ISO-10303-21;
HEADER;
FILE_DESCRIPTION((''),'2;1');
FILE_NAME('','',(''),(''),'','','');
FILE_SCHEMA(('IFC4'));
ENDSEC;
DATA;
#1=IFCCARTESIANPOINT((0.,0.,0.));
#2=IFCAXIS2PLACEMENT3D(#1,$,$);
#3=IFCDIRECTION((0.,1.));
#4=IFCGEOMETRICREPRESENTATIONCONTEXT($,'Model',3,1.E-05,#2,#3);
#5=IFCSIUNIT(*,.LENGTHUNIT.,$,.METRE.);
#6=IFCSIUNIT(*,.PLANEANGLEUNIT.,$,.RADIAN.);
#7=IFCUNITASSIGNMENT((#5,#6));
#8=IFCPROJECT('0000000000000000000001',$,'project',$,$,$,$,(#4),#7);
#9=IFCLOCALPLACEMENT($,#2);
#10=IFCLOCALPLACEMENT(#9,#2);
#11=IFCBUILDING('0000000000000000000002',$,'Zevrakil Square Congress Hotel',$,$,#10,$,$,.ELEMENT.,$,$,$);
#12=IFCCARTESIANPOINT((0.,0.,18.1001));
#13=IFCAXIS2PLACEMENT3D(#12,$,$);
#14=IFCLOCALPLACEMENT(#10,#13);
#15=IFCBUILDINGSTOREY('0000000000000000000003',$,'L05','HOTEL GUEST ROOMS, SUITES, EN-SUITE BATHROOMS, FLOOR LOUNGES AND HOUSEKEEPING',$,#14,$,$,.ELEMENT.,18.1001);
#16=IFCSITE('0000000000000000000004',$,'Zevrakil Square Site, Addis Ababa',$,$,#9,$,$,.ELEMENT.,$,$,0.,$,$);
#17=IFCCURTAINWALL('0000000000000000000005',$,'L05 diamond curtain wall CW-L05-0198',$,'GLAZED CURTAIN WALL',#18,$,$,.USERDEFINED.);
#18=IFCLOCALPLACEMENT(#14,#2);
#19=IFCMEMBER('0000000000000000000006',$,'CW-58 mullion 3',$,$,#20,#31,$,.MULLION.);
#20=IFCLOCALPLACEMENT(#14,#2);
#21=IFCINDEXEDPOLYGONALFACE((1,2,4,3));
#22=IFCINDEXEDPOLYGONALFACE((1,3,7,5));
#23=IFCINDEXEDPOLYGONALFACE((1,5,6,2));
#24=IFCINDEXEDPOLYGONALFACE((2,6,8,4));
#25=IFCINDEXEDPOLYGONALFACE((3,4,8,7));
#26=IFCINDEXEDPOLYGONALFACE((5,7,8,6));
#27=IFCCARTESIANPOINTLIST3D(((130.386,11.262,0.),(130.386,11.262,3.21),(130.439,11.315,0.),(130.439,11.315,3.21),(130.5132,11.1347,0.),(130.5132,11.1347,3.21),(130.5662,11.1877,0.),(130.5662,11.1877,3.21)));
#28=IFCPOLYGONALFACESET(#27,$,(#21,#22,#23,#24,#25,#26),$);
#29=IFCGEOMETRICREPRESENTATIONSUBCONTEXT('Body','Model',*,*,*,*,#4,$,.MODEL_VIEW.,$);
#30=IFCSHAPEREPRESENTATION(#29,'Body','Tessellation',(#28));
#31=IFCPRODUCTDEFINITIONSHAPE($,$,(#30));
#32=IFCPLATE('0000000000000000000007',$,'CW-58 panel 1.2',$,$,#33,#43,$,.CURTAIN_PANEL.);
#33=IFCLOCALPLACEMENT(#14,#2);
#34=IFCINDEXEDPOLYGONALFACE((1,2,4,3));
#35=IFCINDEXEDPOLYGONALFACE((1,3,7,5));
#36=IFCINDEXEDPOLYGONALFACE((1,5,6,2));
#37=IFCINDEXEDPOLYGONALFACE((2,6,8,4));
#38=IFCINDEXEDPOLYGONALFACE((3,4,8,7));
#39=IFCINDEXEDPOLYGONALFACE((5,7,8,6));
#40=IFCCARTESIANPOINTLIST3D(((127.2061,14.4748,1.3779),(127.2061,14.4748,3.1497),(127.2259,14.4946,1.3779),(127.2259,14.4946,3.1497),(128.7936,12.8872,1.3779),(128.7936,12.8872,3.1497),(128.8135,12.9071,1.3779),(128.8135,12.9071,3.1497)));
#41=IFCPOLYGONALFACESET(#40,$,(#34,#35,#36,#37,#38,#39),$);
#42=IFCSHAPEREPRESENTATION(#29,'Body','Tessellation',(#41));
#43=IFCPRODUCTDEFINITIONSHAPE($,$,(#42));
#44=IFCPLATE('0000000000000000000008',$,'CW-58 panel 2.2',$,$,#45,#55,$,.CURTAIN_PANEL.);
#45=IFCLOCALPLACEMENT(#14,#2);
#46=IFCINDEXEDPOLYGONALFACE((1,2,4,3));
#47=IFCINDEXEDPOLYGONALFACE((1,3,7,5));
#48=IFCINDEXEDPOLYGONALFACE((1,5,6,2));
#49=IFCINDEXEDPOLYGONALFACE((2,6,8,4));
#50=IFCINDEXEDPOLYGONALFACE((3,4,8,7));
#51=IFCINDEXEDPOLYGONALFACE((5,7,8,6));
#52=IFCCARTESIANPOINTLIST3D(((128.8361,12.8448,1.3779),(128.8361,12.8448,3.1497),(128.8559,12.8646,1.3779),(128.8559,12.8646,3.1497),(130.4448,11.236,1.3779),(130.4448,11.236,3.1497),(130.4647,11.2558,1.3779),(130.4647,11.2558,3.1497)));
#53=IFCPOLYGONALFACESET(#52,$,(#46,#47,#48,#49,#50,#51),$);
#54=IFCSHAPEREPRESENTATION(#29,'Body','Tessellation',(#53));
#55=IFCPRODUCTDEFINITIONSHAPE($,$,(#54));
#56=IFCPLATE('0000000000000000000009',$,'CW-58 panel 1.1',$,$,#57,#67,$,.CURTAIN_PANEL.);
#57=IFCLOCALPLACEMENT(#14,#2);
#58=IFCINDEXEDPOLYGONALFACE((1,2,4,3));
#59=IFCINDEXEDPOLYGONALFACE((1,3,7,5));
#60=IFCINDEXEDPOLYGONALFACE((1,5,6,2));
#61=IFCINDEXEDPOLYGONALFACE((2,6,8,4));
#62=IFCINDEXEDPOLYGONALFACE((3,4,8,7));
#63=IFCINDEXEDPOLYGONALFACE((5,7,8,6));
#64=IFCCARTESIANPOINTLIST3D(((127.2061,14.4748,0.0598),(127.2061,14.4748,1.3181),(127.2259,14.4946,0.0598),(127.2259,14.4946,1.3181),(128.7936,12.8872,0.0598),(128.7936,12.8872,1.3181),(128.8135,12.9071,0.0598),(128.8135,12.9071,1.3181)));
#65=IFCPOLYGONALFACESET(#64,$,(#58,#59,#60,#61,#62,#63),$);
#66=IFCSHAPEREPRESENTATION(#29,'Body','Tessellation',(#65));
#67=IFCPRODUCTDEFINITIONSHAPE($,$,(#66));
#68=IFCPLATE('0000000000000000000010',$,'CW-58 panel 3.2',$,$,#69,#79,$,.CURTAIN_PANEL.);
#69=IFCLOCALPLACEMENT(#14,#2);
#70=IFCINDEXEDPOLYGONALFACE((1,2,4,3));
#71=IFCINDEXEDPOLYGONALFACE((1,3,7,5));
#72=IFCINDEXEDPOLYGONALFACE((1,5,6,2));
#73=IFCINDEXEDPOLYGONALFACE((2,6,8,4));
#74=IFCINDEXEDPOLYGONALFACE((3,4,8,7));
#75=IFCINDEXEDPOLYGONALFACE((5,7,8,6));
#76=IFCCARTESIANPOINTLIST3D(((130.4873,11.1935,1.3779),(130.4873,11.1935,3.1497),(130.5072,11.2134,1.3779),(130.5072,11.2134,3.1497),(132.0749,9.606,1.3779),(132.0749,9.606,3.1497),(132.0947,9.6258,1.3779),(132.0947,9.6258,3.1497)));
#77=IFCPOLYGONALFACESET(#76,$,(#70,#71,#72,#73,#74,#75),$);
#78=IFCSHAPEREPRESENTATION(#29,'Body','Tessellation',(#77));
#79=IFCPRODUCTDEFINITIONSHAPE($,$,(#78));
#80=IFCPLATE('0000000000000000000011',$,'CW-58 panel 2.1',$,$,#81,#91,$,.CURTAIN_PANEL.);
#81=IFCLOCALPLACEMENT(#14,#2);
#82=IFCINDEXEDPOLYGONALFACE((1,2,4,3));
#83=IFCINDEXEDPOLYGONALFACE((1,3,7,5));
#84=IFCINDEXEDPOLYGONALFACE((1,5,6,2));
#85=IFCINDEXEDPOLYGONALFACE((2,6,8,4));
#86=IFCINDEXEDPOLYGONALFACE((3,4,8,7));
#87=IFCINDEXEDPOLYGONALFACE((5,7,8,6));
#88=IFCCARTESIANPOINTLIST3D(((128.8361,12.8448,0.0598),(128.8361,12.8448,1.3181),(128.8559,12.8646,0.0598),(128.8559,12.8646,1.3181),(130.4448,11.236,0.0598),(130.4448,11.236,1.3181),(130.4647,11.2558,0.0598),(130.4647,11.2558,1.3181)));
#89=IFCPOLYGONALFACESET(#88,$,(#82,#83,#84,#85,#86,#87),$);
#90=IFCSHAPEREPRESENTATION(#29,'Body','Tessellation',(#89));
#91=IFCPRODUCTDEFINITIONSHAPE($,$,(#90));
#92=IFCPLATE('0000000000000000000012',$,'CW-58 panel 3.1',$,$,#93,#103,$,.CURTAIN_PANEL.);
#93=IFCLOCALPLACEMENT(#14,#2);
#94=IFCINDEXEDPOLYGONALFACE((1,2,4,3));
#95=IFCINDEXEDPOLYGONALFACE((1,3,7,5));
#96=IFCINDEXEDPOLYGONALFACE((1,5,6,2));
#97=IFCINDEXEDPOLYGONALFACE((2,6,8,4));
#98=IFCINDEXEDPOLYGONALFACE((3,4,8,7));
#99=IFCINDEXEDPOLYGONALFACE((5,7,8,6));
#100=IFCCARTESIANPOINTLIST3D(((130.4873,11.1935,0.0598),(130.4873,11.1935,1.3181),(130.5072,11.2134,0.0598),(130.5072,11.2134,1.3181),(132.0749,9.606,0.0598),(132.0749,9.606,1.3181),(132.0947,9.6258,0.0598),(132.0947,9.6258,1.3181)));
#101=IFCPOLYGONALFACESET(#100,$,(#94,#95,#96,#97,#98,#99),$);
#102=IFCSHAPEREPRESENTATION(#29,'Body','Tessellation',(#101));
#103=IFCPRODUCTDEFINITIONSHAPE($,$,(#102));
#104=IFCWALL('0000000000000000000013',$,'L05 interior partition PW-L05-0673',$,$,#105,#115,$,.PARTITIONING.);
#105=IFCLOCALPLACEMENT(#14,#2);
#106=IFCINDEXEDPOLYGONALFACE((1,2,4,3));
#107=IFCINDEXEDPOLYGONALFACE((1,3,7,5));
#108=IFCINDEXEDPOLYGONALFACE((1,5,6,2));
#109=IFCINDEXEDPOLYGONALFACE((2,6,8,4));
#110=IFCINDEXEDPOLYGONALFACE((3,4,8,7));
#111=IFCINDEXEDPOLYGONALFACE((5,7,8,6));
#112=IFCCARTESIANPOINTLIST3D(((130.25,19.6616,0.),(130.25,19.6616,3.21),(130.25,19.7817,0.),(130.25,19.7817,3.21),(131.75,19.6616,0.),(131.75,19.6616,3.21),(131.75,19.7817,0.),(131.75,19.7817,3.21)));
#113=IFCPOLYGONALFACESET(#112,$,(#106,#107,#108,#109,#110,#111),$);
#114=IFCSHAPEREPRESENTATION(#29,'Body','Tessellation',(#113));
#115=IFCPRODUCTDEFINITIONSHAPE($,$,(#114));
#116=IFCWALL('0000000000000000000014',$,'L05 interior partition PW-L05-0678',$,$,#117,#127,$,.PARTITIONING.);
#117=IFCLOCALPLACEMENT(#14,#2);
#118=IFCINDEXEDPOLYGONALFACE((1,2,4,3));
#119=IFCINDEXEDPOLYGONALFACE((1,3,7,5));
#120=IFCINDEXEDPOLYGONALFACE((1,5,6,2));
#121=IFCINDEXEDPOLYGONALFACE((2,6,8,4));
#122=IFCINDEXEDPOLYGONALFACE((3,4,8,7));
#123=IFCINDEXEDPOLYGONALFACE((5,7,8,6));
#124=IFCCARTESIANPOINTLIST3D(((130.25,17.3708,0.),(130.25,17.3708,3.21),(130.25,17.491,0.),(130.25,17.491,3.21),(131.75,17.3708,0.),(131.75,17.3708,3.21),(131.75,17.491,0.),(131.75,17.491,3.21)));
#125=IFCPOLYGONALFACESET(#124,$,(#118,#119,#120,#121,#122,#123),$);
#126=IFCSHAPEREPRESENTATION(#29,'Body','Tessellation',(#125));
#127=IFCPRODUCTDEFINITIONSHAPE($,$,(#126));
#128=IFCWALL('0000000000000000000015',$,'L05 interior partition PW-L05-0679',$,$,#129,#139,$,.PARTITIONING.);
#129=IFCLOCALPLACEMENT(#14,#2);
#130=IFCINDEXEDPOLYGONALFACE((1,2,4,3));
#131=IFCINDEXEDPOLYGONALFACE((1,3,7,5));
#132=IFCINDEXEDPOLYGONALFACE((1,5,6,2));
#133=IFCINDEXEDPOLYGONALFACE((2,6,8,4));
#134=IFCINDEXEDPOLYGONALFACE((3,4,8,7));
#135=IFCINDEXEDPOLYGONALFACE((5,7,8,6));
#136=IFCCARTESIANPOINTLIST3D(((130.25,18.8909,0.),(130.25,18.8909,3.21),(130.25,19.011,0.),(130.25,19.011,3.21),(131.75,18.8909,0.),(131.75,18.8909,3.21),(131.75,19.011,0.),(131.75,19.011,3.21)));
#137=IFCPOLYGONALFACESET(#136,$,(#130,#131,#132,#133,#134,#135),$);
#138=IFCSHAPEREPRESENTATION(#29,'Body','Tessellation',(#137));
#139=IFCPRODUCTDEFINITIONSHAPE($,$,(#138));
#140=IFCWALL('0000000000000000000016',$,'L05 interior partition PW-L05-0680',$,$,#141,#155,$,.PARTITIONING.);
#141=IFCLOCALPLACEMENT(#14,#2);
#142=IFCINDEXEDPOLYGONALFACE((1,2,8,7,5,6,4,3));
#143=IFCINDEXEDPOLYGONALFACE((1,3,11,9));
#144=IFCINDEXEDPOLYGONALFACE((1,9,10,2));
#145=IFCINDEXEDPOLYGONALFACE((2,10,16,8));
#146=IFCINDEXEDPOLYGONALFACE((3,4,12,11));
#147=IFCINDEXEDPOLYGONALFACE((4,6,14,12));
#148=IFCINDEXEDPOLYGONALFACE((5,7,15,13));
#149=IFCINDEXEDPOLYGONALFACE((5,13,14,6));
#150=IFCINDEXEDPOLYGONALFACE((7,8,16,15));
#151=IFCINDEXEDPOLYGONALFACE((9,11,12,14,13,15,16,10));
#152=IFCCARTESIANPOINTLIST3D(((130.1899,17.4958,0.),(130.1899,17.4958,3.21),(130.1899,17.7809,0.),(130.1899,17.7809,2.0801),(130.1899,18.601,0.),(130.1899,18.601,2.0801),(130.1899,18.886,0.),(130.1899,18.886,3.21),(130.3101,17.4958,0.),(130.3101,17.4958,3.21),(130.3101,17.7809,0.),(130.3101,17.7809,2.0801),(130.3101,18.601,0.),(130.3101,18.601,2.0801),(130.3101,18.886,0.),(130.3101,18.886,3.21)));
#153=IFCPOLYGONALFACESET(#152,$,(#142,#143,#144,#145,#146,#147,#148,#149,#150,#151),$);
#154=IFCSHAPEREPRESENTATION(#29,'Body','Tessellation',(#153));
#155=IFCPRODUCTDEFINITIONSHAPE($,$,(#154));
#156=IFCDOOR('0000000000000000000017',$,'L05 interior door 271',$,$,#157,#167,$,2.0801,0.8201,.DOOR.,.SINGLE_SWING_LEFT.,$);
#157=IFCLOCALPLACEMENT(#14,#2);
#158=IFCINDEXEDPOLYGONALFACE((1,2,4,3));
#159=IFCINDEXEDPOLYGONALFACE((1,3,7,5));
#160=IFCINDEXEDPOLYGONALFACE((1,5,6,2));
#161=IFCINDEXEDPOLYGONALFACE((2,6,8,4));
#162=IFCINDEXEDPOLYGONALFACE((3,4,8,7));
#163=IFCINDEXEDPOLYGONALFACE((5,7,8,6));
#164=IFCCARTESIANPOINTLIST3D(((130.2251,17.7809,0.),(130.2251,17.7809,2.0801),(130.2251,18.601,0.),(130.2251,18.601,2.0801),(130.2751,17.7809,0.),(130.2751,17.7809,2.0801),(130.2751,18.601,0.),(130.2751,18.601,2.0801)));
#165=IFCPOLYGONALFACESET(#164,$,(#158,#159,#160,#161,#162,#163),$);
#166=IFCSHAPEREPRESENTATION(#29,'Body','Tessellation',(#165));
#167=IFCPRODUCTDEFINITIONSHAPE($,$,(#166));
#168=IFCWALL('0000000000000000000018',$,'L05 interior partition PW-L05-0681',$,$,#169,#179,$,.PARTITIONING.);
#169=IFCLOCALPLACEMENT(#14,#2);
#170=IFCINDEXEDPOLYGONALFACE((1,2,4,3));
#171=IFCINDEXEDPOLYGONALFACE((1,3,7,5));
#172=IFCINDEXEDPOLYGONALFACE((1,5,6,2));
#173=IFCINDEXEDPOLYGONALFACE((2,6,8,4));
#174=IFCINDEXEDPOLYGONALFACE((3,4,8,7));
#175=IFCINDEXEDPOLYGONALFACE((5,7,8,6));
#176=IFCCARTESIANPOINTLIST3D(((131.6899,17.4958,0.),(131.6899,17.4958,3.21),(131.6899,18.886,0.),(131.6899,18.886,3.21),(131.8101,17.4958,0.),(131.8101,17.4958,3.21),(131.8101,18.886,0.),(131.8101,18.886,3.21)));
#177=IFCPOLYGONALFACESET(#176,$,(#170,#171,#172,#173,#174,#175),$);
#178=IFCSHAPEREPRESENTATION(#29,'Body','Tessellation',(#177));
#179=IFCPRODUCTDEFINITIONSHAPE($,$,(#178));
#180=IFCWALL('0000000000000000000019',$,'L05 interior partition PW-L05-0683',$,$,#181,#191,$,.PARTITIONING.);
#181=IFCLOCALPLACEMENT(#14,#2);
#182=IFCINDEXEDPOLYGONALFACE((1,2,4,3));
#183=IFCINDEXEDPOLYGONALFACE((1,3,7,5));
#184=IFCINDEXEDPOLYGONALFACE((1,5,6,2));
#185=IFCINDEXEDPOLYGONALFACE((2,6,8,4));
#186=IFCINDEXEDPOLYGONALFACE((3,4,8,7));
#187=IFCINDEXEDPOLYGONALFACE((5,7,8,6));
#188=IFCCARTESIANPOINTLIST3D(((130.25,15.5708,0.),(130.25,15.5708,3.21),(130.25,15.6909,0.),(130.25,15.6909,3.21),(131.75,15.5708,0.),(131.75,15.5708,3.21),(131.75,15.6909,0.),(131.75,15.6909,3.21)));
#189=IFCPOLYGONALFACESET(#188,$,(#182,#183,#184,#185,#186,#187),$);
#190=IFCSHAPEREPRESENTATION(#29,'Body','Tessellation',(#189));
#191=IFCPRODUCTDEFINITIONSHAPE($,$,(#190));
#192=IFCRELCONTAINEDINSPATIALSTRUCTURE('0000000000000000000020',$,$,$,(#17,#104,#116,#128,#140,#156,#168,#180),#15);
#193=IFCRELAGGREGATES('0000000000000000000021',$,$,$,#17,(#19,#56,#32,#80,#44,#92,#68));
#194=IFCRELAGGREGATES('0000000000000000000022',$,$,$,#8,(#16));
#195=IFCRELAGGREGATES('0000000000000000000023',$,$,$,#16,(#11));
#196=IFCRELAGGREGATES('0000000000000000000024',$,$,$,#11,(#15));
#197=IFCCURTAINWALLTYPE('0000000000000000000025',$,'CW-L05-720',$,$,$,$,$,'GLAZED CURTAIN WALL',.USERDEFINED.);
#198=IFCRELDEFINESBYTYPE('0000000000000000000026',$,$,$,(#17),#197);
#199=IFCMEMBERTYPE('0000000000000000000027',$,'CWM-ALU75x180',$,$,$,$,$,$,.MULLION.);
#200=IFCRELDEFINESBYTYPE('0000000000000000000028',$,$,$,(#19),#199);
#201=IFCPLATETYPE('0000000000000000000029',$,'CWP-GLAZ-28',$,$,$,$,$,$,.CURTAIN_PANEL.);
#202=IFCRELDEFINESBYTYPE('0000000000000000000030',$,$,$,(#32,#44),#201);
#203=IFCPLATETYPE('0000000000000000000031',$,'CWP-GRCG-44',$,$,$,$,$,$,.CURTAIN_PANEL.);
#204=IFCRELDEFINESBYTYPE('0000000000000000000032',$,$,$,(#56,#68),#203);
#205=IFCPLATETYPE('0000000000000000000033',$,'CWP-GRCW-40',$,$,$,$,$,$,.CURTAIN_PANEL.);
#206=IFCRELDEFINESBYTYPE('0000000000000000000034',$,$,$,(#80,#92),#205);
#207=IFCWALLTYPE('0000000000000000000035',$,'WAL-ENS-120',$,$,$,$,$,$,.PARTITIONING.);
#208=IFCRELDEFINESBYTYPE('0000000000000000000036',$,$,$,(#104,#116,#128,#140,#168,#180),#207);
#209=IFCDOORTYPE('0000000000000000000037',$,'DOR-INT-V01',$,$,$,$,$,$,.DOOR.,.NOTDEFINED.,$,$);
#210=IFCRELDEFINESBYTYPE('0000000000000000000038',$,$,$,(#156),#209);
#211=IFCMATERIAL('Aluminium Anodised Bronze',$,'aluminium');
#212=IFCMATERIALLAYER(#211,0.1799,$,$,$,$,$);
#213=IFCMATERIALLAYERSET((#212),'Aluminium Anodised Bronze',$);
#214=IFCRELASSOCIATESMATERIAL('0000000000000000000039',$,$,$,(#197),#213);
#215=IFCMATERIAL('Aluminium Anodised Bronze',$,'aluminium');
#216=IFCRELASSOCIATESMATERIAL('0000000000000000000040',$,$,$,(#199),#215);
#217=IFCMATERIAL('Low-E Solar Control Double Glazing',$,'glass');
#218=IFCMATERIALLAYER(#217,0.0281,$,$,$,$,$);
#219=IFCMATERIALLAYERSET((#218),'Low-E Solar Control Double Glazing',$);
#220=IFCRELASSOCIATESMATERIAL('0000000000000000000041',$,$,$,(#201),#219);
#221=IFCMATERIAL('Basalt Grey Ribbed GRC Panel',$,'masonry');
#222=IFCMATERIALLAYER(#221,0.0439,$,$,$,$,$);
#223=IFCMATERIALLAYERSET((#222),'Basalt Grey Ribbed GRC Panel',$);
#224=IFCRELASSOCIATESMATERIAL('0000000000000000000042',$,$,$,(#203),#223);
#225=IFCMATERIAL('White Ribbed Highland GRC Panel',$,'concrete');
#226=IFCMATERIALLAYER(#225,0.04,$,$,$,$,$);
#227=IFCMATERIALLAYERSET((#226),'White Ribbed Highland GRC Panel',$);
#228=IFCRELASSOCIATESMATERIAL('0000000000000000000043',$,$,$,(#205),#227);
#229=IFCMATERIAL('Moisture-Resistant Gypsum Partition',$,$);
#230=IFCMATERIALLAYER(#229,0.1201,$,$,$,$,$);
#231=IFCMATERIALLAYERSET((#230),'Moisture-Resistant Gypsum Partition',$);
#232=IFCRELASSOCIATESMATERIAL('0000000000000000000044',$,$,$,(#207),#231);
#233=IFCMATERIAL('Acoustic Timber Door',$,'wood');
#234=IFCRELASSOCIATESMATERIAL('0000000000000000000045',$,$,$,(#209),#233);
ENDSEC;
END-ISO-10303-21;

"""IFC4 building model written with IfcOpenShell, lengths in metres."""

from ifc_helpers import new_model, si_unit, direction, frame, frame_2d, origin, origin_2d, place, context, subcontext, project, spatial, rectangle, extrude, material, layer, layer_set, material_profile, profile_set, type_object, element, fill, aggregate, save


model = new_model("IFC4")

# Units and contexts
model_context = context("Model", 3, precision=1e-05, world=origin(), true_north=direction((0.0, 1.0)))
body_context = subcontext(model_context, "Body", "Model", "MODEL_VIEW")
ifc_project = project(units=[si_unit("LENGTHUNIT", "METRE"), si_unit("PLANEANGLEUNIT", "RADIAN")], contexts=[model_context])

# Site, building, storey
site_placement = place(None, origin())
site = spatial("IfcSite", under=ifc_project, at=site_placement, Name="Zevrakil Square Site, Addis Ababa", CompositionType="ELEMENT", RefElevation=0.0)
building_placement = place(site_placement, origin())
building = spatial("IfcBuilding", under=site, at=building_placement, Name="Zevrakil Square Congress Hotel", CompositionType="ELEMENT")
storey_placement = place(building_placement, frame((0.0, 0.0, 18.1001)))
storey = spatial("IfcBuildingStorey", under=building, at=storey_placement, Name="L05", Description="HOTEL GUEST ROOMS, SUITES, EN-SUITE BATHROOMS, FLOOR LOUNGES AND HOUSEKEEPING", CompositionType="ELEMENT", Elevation=18.1001)

# Curtain wall, member, plates
ifc_material_1 = material(Name="Aluminium Anodised Bronze", Category="aluminium")
ifc_layer_1 = layer(ifc_material_1, 0.1799)
ifc_layer_set_1 = layer_set([ifc_layer_1], Name="Aluminium Anodised Bronze")
curtain_wall_type = type_object("IfcCurtainWallType", Name="CW-L05-720", ElementType="GLAZED CURTAIN WALL", PredefinedType="USERDEFINED", material=ifc_layer_set_1)
curtain_wall_placement = place(storey_placement, origin())
curtain_wall = element("IfcCurtainWall", 1, at=curtain_wall_placement, inside=storey, type_object=curtain_wall_type, Name="L05 diamond curtain wall CW-L05-0198", ObjectType="GLAZED CURTAIN WALL", PredefinedType="USERDEFINED")
ifc_material_2 = material(Name="Aluminium Anodised Bronze", Category="aluminium")
ifc_material_profile_1 = material_profile(ifc_material_2, rectangle(XDim=0.075, YDim=0.1799, at=origin_2d()), Name="ALU 75x180")
ifc_profile_set_1 = profile_set([ifc_material_profile_1], Name="Aluminium Anodised Bronze")
member_type_1 = type_object("IfcMemberType", Name="CWM-ALU75x180", PredefinedType="MULLION", material=ifc_profile_set_1)
member_1_placement = place(storey_placement, frame((130.4761, 11.2249, 0.0), z_axis=(0.0, 0.0, 1.0), x_axis=(0.707107, 0.707107, 0.0)))
member_1 = element("IfcMember", 2, at=member_1_placement, type_object=member_type_1, Name="CW-58 mullion 3", PredefinedType="MULLION", context=body_context, shape_type="SweptSolid", body=[
    extrude(rectangle(XDim=0.075, YDim=0.1799, at=origin_2d()), origin(), (0.0, 0.0, 1.0), 3.21),
])
ifc_material_3 = material(Name="Low-E Solar Control Double Glazing", Category="glass")
ifc_layer_2 = layer(ifc_material_3, 0.0281)
ifc_layer_set_2 = layer_set([ifc_layer_2], Name="Low-E Solar Control Double Glazing")
plate_type_1 = type_object("IfcPlateType", Name="CWP-GLAZ-28", PredefinedType="CURTAIN_PANEL", material=ifc_layer_set_2)
plate_1_placement = place(storey_placement, frame((128.0098, 13.6909, 1.3779), z_axis=(0.0, 0.0, 1.0), x_axis=(0.707107, -0.707107, 0.0)))
plate_1 = element("IfcPlate", 3, at=plate_1_placement, type_object=plate_type_1, Name="CW-58 panel 1.2", PredefinedType="CURTAIN_PANEL", context=body_context, shape_type="SweptSolid", body=[
    extrude(rectangle(XDim=2.2451, YDim=0.0281, at=origin_2d()), origin(), (0.0, 0.0, 1.0), 1.7717),
])
plate_2_placement = place(storey_placement, frame((129.6504, 12.0503, 1.3779), z_axis=(0.0, 0.0, 1.0), x_axis=(0.707107, -0.707107, 0.0)))
plate_2 = element("IfcPlate", 4, at=plate_2_placement, type_object=plate_type_1, Name="CW-58 panel 2.2", PredefinedType="CURTAIN_PANEL", context=body_context, shape_type="SweptSolid", body=[
    extrude(rectangle(XDim=2.2751, YDim=0.0281, at=origin_2d()), origin(), (0.0, 0.0, 1.0), 1.7717),
])
ifc_material_4 = material(Name="Basalt Grey Ribbed GRC Panel", Category="masonry")
ifc_layer_3 = layer(ifc_material_4, 0.0439)
ifc_layer_set_3 = layer_set([ifc_layer_3], Name="Basalt Grey Ribbed GRC Panel")
plate_type_2 = type_object("IfcPlateType", Name="CWP-GRCG-44", PredefinedType="CURTAIN_PANEL", material=ifc_layer_set_3)
plate_3_placement = place(storey_placement, frame((128.0098, 13.6909, 0.0598), z_axis=(0.0, 0.0, 1.0), x_axis=(0.707107, -0.707107, 0.0)))
plate_3 = element("IfcPlate", 5, at=plate_3_placement, type_object=plate_type_2, Name="CW-58 panel 1.1", PredefinedType="CURTAIN_PANEL", context=body_context, shape_type="SweptSolid", body=[
    extrude(rectangle(XDim=2.2451, YDim=0.0281, at=origin_2d()), origin(), (0.0, 0.0, 1.0), 1.2583),
])
plate_4_placement = place(storey_placement, frame((131.291, 10.4097, 1.3779), z_axis=(0.0, 0.0, 1.0), x_axis=(0.707107, -0.707107, 0.0)))
plate_4 = element("IfcPlate", 6, at=plate_4_placement, type_object=plate_type_2, Name="CW-58 panel 3.2", PredefinedType="CURTAIN_PANEL", context=body_context, shape_type="SweptSolid", body=[
    extrude(rectangle(XDim=2.2451, YDim=0.0281, at=origin_2d()), origin(), (0.0, 0.0, 1.0), 1.7717),
])
ifc_material_5 = material(Name="White Ribbed Highland GRC Panel", Category="concrete")
ifc_layer_4 = layer(ifc_material_5, 0.04)
ifc_layer_set_4 = layer_set([ifc_layer_4], Name="White Ribbed Highland GRC Panel")
plate_type_3 = type_object("IfcPlateType", Name="CWP-GRCW-40", PredefinedType="CURTAIN_PANEL", material=ifc_layer_set_4)
plate_5_placement = place(storey_placement, frame((129.6504, 12.0503, 0.0598), z_axis=(0.0, 0.0, 1.0), x_axis=(0.707107, -0.707107, 0.0)))
plate_5 = element("IfcPlate", 7, at=plate_5_placement, type_object=plate_type_3, Name="CW-58 panel 2.1", PredefinedType="CURTAIN_PANEL", context=body_context, shape_type="SweptSolid", body=[
    extrude(rectangle(XDim=2.2751, YDim=0.0281, at=origin_2d()), origin(), (0.0, 0.0, 1.0), 1.2583),
])
plate_6_placement = place(storey_placement, frame((131.291, 10.4097, 0.0598), z_axis=(0.0, 0.0, 1.0), x_axis=(0.707107, -0.707107, 0.0)))
plate_6 = element("IfcPlate", 8, at=plate_6_placement, type_object=plate_type_3, Name="CW-58 panel 3.1", PredefinedType="CURTAIN_PANEL", context=body_context, shape_type="SweptSolid", body=[
    extrude(rectangle(XDim=2.2451, YDim=0.0281, at=origin_2d()), origin(), (0.0, 0.0, 1.0), 1.2583),
])
aggregate(curtain_wall, [member_1, plate_3, plate_1, plate_5, plate_2, plate_6, plate_4])

# Walls
ifc_material_6 = material(Name="Moisture-Resistant Gypsum Partition")
ifc_layer_5 = layer(ifc_material_6, 0.1201)
ifc_layer_set_5 = layer_set([ifc_layer_5], Name="Moisture-Resistant Gypsum Partition")
wall_type = type_object("IfcWallType", Name="WAL-ENS-120", PredefinedType="PARTITIONING", material=ifc_layer_set_5)
for number, where, z_axis, x_axis, name in (
    (9, (130.25, 19.7217, 0.0), (0.0, 0.0, 1.0), (1.0, 0.0, 0.0), "L05 interior partition PW-L05-0673"),
    (10, (130.25, 17.4309, 0.0), (0.0, 0.0, 1.0), (1.0, 0.0, 0.0), "L05 interior partition PW-L05-0678"),
    (11, (130.25, 18.9509, 0.0), (0.0, 0.0, 1.0), (1.0, 0.0, 0.0), "L05 interior partition PW-L05-0679"),
):
    element("IfcWall", number, at=place(storey_placement, frame(where, z_axis=z_axis, x_axis=x_axis)), inside=storey, type_object=wall_type, Name=name, PredefinedType="PARTITIONING", context=body_context, shape_type="SweptSolid", body=[
        extrude(rectangle(XDim=1.5, YDim=0.1201, at=frame_2d((0.75, 0.0))), origin(), (0.0, 0.0, 1.0), 3.21),
    ])

# Wall, opening, door
wall_1_placement = place(storey_placement, frame((130.25, 17.4958, 0.0), z_axis=(0.0, 0.0, 1.0), x_axis=(0.0, 1.0, 0.0)))
wall_1 = element("IfcWall", 12, at=wall_1_placement, inside=storey, type_object=wall_type, Name="L05 interior partition PW-L05-0680", PredefinedType="PARTITIONING", context=body_context, shape_type="SweptSolid", body=[
    extrude(rectangle(XDim=1.3901, YDim=0.1201, at=frame_2d((0.6951, 0.0))), origin(), (0.0, 0.0, 1.0), 3.21),
])
opening_1_placement = place(wall_1_placement, frame((0.2849, 0.0, 0.0)))
opening_1 = element("IfcOpeningElement", 13, at=opening_1_placement, cuts=wall_1, PredefinedType="OPENING", context=body_context, shape_type="SweptSolid", body=[
    extrude(rectangle(XDim=0.8201, YDim=2.0801, at=frame_2d((0.4102, 1.04))), frame((0.0, 0.0701, 0.0), z_axis=(0.0, -1.0, 0.0), x_axis=(1.0, 0.0, 0.0)), (0.0, 0.0, 1.0), 0.1401),
])
ifc_material_7 = material(Name="Acoustic Timber Door", Category="wood")
door_type = type_object("IfcDoorType", Name="DOR-INT-V01", OperationType="NOTDEFINED", PredefinedType="DOOR", material=ifc_material_7)
door_1_placement = place(opening_1_placement, origin())
door_1 = element("IfcDoor", 14, at=door_1_placement, inside=storey, type_object=door_type, Name="L05 interior door 271", OperationType="SINGLE_SWING_LEFT", OverallHeight=2.0801, OverallWidth=0.8201, PredefinedType="DOOR", context=body_context, shape_type="SweptSolid", body=[
    extrude(rectangle(XDim=0.8201, YDim=2.0801, at=frame_2d((0.4102, 1.04))), frame((0.0, 0.0249, 0.0), z_axis=(0.0, -1.0, 0.0), x_axis=(1.0, 0.0, 0.0)), (0.0, 0.0, 1.0), 0.05),
])
fill(opening_1, door_1)

# Walls
wall_2_placement = place(storey_placement, frame((131.75, 17.4958, 0.0), z_axis=(0.0, 0.0, 1.0), x_axis=(0.0, 1.0, 0.0)))
element("IfcWall", 15, at=wall_2_placement, inside=storey, type_object=wall_type, Name="L05 interior partition PW-L05-0681", PredefinedType="PARTITIONING", context=body_context, shape_type="SweptSolid", body=[
    extrude(rectangle(XDim=1.3901, YDim=0.1201, at=frame_2d((0.6951, 0.0))), origin(), (0.0, 0.0, 1.0), 3.21),
])
for number, where, z_axis, x_axis, name in (
    (16, (130.25, 15.6309, 0.0), (0.0, 0.0, 1.0), (1.0, 0.0, 0.0), "L05 interior partition PW-L05-0683"),
):
    element("IfcWall", number, at=place(storey_placement, frame(where, z_axis=z_axis, x_axis=x_axis)), inside=storey, type_object=wall_type, Name=name, PredefinedType="PARTITIONING", context=body_context, shape_type="SweptSolid", body=[
        extrude(rectangle(XDim=1.5, YDim=0.1201, at=frame_2d((0.75, 0.0))), origin(), (0.0, 0.0, 1.0), 3.21),
    ])

save(model, "model.ifc")
